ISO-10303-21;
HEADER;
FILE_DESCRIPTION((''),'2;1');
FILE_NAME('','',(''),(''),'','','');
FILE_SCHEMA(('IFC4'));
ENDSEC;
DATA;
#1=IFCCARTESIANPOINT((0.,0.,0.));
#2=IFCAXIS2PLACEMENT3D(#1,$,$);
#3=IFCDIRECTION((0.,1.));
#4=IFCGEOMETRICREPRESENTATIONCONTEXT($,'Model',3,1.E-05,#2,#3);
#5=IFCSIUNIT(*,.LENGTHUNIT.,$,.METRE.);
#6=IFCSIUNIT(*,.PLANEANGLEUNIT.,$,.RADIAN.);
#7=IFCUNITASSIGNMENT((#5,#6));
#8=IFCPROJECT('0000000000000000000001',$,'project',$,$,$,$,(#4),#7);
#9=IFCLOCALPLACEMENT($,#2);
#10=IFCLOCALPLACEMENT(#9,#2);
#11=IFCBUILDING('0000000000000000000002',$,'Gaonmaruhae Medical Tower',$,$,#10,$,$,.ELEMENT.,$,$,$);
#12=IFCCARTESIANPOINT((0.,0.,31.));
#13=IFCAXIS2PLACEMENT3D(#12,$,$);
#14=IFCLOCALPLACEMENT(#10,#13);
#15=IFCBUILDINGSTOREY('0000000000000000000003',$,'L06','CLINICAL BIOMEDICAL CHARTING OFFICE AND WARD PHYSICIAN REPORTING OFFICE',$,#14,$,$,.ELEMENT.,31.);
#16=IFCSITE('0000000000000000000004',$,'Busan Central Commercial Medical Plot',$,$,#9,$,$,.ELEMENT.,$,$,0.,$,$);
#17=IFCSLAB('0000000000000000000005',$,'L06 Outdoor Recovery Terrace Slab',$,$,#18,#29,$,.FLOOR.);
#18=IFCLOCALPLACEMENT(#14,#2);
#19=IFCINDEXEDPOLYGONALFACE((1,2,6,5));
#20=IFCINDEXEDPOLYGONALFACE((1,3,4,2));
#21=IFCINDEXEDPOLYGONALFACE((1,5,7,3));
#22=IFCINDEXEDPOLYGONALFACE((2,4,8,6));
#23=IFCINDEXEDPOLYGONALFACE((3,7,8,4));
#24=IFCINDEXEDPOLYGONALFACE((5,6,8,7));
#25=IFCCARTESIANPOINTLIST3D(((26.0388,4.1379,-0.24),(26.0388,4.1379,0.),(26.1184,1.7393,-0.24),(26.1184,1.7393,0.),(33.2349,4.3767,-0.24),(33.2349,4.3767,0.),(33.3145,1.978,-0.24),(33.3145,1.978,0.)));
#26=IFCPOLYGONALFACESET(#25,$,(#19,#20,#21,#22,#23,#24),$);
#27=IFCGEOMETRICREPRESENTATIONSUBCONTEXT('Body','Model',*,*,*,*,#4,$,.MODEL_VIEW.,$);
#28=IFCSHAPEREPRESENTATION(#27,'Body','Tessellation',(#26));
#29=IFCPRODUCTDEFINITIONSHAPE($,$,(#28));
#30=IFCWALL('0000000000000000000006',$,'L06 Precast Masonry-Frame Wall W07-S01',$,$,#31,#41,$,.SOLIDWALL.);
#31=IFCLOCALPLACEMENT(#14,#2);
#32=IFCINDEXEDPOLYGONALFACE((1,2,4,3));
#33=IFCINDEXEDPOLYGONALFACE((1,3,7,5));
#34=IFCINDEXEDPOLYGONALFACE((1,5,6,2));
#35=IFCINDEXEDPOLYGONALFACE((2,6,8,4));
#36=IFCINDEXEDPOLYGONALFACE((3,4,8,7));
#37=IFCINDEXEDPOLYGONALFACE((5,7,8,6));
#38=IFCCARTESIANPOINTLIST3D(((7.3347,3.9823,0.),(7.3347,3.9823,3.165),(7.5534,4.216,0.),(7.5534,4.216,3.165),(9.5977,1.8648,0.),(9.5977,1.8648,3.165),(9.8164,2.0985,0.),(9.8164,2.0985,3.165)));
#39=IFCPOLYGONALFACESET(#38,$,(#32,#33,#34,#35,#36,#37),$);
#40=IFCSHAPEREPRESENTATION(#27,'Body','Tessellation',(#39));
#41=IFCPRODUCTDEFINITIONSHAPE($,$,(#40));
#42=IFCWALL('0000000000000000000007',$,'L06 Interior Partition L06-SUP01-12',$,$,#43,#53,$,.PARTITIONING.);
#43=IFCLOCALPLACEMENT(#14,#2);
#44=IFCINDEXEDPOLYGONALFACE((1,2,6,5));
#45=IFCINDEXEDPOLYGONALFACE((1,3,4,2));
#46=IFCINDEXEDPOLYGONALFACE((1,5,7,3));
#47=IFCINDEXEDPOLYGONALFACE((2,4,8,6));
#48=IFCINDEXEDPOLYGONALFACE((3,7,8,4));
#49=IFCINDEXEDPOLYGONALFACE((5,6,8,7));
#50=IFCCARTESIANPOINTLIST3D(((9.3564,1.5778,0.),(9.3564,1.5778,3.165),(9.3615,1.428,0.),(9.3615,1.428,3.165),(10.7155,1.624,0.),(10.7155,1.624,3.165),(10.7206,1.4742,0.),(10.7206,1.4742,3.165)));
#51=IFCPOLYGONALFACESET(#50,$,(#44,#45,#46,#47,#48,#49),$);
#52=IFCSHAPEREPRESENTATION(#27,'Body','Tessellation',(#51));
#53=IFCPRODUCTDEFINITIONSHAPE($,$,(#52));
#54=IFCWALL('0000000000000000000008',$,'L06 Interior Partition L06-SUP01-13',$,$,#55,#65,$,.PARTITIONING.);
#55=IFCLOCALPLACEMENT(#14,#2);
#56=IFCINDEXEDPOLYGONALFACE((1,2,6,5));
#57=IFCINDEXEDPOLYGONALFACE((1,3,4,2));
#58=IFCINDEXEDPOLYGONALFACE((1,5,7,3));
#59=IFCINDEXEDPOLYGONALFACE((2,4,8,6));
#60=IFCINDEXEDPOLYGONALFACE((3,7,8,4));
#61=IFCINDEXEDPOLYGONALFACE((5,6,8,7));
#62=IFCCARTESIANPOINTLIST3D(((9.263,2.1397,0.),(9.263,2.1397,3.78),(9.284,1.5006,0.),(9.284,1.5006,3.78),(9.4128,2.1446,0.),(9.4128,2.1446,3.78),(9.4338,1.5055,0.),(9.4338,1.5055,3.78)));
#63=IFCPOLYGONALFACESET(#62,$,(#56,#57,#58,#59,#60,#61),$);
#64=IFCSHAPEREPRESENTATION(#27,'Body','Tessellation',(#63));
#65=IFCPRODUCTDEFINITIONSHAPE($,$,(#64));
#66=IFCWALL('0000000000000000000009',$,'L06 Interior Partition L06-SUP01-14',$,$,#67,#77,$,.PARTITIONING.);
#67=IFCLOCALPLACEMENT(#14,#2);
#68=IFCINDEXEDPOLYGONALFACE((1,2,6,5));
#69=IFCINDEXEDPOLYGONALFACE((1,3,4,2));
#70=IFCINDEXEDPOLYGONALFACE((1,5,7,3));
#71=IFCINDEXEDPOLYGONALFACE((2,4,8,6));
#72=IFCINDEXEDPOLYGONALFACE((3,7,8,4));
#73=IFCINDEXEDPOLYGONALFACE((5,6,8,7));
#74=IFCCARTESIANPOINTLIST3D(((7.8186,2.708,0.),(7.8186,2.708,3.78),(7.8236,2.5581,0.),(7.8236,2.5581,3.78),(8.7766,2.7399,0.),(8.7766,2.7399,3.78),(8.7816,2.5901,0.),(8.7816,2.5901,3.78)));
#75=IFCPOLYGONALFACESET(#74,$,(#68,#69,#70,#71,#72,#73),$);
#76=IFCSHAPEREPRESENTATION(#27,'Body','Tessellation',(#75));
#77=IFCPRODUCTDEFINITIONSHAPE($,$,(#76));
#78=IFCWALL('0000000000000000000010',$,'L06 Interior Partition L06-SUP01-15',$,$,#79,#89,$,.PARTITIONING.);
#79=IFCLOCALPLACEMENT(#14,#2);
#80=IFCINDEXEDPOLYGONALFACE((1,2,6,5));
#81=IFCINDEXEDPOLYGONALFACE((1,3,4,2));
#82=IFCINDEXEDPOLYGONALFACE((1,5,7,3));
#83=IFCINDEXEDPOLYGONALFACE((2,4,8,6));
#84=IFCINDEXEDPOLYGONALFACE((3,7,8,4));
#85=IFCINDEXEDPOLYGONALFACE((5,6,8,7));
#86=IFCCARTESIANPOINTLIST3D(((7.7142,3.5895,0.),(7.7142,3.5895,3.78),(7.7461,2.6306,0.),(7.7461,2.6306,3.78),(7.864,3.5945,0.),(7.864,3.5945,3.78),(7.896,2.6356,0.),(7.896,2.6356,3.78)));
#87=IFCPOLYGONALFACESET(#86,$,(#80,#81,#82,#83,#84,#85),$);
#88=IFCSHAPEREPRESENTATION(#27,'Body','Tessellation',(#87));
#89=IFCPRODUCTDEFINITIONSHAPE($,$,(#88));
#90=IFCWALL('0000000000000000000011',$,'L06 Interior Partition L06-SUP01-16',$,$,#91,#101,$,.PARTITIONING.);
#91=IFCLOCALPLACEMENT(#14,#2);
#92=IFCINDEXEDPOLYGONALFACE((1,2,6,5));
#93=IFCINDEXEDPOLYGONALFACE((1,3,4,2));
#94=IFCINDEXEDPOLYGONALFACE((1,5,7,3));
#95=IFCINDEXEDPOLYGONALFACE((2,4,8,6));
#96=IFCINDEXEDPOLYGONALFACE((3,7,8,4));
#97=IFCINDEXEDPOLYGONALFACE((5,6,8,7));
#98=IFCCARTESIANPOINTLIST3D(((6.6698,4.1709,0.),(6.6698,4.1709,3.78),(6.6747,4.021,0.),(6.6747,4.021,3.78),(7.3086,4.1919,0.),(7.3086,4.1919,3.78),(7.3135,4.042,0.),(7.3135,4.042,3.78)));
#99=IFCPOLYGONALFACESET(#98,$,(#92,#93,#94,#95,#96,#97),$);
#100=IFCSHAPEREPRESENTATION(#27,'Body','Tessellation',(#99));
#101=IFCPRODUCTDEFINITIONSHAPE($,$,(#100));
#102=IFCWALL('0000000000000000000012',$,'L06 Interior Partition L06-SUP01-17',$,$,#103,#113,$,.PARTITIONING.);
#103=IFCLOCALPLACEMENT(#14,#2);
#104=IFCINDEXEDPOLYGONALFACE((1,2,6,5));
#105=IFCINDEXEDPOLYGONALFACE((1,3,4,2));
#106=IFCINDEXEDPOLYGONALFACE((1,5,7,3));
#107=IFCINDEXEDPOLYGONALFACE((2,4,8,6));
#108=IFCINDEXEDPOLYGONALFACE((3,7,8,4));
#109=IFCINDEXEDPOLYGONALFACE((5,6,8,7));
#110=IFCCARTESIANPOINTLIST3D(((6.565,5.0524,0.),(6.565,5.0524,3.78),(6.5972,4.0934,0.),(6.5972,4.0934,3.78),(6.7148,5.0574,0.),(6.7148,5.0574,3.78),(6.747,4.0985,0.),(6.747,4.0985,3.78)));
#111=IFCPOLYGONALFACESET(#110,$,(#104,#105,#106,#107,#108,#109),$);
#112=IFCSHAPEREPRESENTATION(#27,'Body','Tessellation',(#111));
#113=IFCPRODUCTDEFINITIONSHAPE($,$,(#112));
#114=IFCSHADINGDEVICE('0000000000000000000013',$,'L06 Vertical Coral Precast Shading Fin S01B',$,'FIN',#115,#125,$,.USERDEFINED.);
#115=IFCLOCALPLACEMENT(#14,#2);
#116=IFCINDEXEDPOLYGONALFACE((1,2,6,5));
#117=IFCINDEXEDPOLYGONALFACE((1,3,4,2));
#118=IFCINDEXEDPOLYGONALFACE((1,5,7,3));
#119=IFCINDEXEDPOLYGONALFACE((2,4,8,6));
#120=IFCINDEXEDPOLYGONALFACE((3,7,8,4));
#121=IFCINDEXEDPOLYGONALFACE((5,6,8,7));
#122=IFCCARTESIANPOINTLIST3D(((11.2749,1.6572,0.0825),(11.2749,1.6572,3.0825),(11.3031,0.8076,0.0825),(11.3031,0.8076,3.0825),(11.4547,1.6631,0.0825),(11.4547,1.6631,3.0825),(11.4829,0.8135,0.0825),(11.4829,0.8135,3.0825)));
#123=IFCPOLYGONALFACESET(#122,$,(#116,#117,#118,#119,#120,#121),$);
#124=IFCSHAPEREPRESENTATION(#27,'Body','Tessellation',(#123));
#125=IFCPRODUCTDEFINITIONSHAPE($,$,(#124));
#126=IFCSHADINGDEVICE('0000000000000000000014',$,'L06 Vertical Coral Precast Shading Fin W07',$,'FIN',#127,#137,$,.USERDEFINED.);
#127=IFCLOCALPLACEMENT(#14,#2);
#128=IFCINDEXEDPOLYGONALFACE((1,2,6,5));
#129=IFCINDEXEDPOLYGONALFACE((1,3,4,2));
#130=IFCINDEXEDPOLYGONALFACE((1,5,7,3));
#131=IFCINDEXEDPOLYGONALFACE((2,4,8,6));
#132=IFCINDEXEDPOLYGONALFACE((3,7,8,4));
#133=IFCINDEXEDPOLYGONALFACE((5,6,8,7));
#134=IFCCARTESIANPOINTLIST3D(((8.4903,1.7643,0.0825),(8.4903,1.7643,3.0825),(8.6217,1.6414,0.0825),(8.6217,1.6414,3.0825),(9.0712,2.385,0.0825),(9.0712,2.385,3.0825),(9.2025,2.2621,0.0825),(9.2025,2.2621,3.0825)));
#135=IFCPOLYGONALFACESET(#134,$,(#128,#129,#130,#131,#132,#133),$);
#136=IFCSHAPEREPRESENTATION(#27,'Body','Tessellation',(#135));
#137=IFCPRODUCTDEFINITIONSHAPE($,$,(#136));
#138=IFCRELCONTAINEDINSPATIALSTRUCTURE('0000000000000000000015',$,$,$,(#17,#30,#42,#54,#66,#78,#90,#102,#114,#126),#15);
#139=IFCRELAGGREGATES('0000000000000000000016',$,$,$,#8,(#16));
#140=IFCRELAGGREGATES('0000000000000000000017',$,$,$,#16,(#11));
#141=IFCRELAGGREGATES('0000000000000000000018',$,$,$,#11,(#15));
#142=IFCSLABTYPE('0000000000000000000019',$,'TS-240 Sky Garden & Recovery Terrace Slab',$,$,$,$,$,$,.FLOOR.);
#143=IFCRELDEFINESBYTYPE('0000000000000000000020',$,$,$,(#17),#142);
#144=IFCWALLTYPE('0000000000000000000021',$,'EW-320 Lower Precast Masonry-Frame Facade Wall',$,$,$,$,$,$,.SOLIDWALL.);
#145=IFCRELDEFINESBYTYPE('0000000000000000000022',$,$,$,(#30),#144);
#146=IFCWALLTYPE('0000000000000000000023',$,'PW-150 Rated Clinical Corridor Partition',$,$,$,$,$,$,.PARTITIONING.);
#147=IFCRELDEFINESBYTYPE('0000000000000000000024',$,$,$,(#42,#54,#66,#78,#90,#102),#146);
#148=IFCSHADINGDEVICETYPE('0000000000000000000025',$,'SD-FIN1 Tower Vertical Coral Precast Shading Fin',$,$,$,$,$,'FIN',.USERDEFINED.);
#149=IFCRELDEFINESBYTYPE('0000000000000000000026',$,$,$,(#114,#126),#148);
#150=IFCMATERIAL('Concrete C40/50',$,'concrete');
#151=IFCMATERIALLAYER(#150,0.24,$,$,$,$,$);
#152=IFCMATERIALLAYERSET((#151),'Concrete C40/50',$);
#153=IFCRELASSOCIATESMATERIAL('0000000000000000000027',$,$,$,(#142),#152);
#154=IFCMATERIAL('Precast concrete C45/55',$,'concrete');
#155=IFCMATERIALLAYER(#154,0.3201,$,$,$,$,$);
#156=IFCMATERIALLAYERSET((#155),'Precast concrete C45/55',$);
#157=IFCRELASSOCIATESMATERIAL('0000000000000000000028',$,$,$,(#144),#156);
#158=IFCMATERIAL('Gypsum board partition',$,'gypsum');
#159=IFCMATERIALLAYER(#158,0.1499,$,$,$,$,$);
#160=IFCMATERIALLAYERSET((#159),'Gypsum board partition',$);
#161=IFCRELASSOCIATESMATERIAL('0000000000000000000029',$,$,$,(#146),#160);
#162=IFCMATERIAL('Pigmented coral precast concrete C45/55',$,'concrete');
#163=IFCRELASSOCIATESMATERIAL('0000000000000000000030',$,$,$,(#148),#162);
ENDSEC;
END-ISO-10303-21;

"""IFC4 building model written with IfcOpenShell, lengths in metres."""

from ifc_helpers import new_model, si_unit, direction, frame, frame_2d, origin, origin_2d, place, context, subcontext, project, spatial, polyline, rectangle, outline, extrude, material, layer, layer_set, type_object, element, save


model = new_model("IFC4")

# Units and contexts
model_context = context("Model", 3, precision=1e-05, world=origin(), true_north=direction((0.0, 1.0)))
body_context = subcontext(model_context, "Body", "Model", "MODEL_VIEW")
ifc_project = project(units=[si_unit("LENGTHUNIT", "METRE"), si_unit("PLANEANGLEUNIT", "RADIAN")], contexts=[model_context])

# Site, building, storey
site_placement = place(None, origin())
site = spatial("IfcSite", under=ifc_project, at=site_placement, Name="Busan Central Commercial Medical Plot", CompositionType="ELEMENT", RefElevation=0.0)
building_placement = place(site_placement, origin())
building = spatial("IfcBuilding", under=site, at=building_placement, Name="Gaonmaruhae Medical Tower", CompositionType="ELEMENT")
storey_placement = place(building_placement, frame((0.0, 0.0, 31.0)))
storey = spatial("IfcBuildingStorey", under=building, at=storey_placement, Name="L06", Description="CLINICAL BIOMEDICAL CHARTING OFFICE AND WARD PHYSICIAN REPORTING OFFICE", CompositionType="ELEMENT", Elevation=31.0)

# Shared definitions
ifc_material_1 = material(Name="Concrete C40/50", Category="concrete")

# Slab
ifc_layer_1 = layer(ifc_material_1, 0.24)
ifc_layer_set_1 = layer_set([ifc_layer_1], Name="Concrete C40/50")
slab_type_1 = type_object("IfcSlabType", Name="TS-240 Sky Garden & Recovery Terrace Slab", PredefinedType="FLOOR", material=ifc_layer_set_1)
slab_1_placement = place(storey_placement, frame((0.0, 0.0, -0.24)))
element("IfcSlab", 1, at=slab_1_placement, inside=storey, type_object=slab_type_1, Name="L06 Outdoor Recovery Terrace Slab", PredefinedType="FLOOR", context=body_context, shape_type="SweptSolid", body=[
    extrude(outline(polyline([(26.1184, 1.7393), (33.3145, 1.978), (33.2349, 4.3767), (26.0388, 4.1379), (26.1184, 1.7393)])), origin(), (0.0, 0.0, 1.0), 0.24),
])

# Walls
ifc_material_2 = material(Name="Precast concrete C45/55", Category="concrete")
ifc_layer_2 = layer(ifc_material_2, 0.3201)
ifc_layer_set_2 = layer_set([ifc_layer_2], Name="Precast concrete C45/55")
wall_type_1 = type_object("IfcWallType", Name="EW-320 Lower Precast Masonry-Frame Facade Wall", PredefinedType="SOLIDWALL", material=ifc_layer_set_2)
wall_1_placement = place(storey_placement, frame((9.707, 1.9817, 0.0), z_axis=(0.0, 0.0, 1.0), x_axis=(-0.730193, 0.683241, 0.0)))
element("IfcWall", 2, at=wall_1_placement, inside=storey, type_object=wall_type_1, Name="L06 Precast Masonry-Frame Wall W07-S01", PredefinedType="SOLIDWALL", context=body_context, shape_type="SweptSolid", body=[
    extrude(rectangle(XDim=3.0991, YDim=0.3201, at=frame_2d((1.5496, 0.0))), origin(), (0.0, 0.0, 1.0), 3.165),
])
ifc_material_3 = material(Name="Gypsum board partition", Category="gypsum")
ifc_layer_3 = layer(ifc_material_3, 0.1499)
ifc_layer_set_3 = layer_set([ifc_layer_3], Name="Gypsum board partition")
wall_type_2 = type_object("IfcWallType", Name="PW-150 Rated Clinical Corridor Partition", PredefinedType="PARTITIONING", material=ifc_layer_set_3)
wall_2_placement = place(storey_placement, frame((10.718, 1.5491, 0.0), z_axis=(0.0, 0.0, 1.0), x_axis=(-0.999424, -0.033931, 0.0)))
element("IfcWall", 3, at=wall_2_placement, inside=storey, type_object=wall_type_2, Name="L06 Interior Partition L06-SUP01-12", PredefinedType="PARTITIONING", context=body_context, shape_type="SweptSolid", body=[
    extrude(rectangle(XDim=1.3599, YDim=0.1499, at=frame_2d((0.6799, 0.0))), origin(), (0.0, 0.0, 1.0), 3.165),
])
wall_3_placement = place(storey_placement, frame((9.3589, 1.5029, 0.0), z_axis=(0.0, 0.0, 1.0), x_axis=(-0.032832, 0.999461, 0.0)))
element("IfcWall", 4, at=wall_3_placement, inside=storey, type_object=wall_type_2, Name="L06 Interior Partition L06-SUP01-13", PredefinedType="PARTITIONING", context=body_context, shape_type="SweptSolid", body=[
    extrude(rectangle(XDim=0.6394, YDim=0.1499, at=frame_2d((0.3198, 0.0))), origin(), (0.0, 0.0, 1.0), 3.78),
])
wall_4_placement = place(storey_placement, frame((8.7791, 2.665, 0.0), z_axis=(0.0, 0.0, 1.0), x_axis=(-0.999443, -0.033366, 0.0)))
element("IfcWall", 5, at=wall_4_placement, inside=storey, type_object=wall_type_2, Name="L06 Interior Partition L06-SUP01-14", PredefinedType="PARTITIONING", context=body_context, shape_type="SweptSolid", body=[
    extrude(rectangle(XDim=0.9585, YDim=0.1499, at=frame_2d((0.4792, 0.0))), origin(), (0.0, 0.0, 1.0), 3.78),
])
wall_5_placement = place(storey_placement, frame((7.821, 2.6331, 0.0), z_axis=(0.0, 0.0, 1.0), x_axis=(-0.033332, 0.999444, 0.0)))
element("IfcWall", 6, at=wall_5_placement, inside=storey, type_object=wall_type_2, Name="L06 Interior Partition L06-SUP01-15", PredefinedType="PARTITIONING", context=body_context, shape_type="SweptSolid", body=[
    extrude(rectangle(XDim=0.9595, YDim=0.1499, at=frame_2d((0.4797, 0.0))), origin(), (0.0, 0.0, 1.0), 3.78),
])
wall_6_placement = place(storey_placement, frame((7.311, 4.1169, 0.0), z_axis=(0.0, 0.0, 1.0), x_axis=(-0.99946, -0.032844, 0.0)))
element("IfcWall", 7, at=wall_6_placement, inside=storey, type_object=wall_type_2, Name="L06 Interior Partition L06-SUP01-16", PredefinedType="PARTITIONING", context=body_context, shape_type="SweptSolid", body=[
    extrude(rectangle(XDim=0.6392, YDim=0.1499, at=frame_2d((0.3196, 0.0))), origin(), (0.0, 0.0, 1.0), 3.78),
])
wall_7_placement = place(storey_placement, frame((6.6721, 4.0959, 0.0), z_axis=(0.0, 0.0, 1.0), x_axis=(-0.033586, 0.999436, 0.0)))
element("IfcWall", 8, at=wall_7_placement, inside=storey, type_object=wall_type_2, Name="L06 Interior Partition L06-SUP01-17", PredefinedType="PARTITIONING", context=body_context, shape_type="SweptSolid", body=[
    extrude(rectangle(XDim=0.9595, YDim=0.1499, at=frame_2d((0.4797, 0.0))), origin(), (0.0, 0.0, 1.0), 3.78),
])

# Shading devices
ifc_material_4 = material(Name="Pigmented coral precast concrete C45/55", Category="concrete")
shading_device_type = type_object("IfcShadingDeviceType", Name="SD-FIN1 Tower Vertical Coral Precast Shading Fin", ElementType="FIN", PredefinedType="USERDEFINED", material=ifc_material_4)
for number, where, z_axis, x_axis, name in (
    (9, (11.3789, 1.2354, 0.0825), (0.0, 0.0, 1.0), (-0.99945, -0.033155, 0.0), "L06 Vertical Coral Precast Shading Fin S01B"),
    (10, (8.8464, 2.0132, 0.0825), (0.0, 0.0, 1.0), (-0.730162, 0.683274, 0.0), "L06 Vertical Coral Precast Shading Fin W07"),
):
    element("IfcShadingDevice", number, at=place(storey_placement, frame(where, z_axis=z_axis, x_axis=x_axis)), inside=storey, type_object=shading_device_type, Name=name, ObjectType="FIN", PredefinedType="USERDEFINED", context=body_context, shape_type="SweptSolid", body=[
        extrude(rectangle(XDim=0.1799, YDim=0.8501, at=origin_2d()), origin(), (0.0, 0.0, 1.0), 3.0),
    ])

save(model, "model.ifc")
